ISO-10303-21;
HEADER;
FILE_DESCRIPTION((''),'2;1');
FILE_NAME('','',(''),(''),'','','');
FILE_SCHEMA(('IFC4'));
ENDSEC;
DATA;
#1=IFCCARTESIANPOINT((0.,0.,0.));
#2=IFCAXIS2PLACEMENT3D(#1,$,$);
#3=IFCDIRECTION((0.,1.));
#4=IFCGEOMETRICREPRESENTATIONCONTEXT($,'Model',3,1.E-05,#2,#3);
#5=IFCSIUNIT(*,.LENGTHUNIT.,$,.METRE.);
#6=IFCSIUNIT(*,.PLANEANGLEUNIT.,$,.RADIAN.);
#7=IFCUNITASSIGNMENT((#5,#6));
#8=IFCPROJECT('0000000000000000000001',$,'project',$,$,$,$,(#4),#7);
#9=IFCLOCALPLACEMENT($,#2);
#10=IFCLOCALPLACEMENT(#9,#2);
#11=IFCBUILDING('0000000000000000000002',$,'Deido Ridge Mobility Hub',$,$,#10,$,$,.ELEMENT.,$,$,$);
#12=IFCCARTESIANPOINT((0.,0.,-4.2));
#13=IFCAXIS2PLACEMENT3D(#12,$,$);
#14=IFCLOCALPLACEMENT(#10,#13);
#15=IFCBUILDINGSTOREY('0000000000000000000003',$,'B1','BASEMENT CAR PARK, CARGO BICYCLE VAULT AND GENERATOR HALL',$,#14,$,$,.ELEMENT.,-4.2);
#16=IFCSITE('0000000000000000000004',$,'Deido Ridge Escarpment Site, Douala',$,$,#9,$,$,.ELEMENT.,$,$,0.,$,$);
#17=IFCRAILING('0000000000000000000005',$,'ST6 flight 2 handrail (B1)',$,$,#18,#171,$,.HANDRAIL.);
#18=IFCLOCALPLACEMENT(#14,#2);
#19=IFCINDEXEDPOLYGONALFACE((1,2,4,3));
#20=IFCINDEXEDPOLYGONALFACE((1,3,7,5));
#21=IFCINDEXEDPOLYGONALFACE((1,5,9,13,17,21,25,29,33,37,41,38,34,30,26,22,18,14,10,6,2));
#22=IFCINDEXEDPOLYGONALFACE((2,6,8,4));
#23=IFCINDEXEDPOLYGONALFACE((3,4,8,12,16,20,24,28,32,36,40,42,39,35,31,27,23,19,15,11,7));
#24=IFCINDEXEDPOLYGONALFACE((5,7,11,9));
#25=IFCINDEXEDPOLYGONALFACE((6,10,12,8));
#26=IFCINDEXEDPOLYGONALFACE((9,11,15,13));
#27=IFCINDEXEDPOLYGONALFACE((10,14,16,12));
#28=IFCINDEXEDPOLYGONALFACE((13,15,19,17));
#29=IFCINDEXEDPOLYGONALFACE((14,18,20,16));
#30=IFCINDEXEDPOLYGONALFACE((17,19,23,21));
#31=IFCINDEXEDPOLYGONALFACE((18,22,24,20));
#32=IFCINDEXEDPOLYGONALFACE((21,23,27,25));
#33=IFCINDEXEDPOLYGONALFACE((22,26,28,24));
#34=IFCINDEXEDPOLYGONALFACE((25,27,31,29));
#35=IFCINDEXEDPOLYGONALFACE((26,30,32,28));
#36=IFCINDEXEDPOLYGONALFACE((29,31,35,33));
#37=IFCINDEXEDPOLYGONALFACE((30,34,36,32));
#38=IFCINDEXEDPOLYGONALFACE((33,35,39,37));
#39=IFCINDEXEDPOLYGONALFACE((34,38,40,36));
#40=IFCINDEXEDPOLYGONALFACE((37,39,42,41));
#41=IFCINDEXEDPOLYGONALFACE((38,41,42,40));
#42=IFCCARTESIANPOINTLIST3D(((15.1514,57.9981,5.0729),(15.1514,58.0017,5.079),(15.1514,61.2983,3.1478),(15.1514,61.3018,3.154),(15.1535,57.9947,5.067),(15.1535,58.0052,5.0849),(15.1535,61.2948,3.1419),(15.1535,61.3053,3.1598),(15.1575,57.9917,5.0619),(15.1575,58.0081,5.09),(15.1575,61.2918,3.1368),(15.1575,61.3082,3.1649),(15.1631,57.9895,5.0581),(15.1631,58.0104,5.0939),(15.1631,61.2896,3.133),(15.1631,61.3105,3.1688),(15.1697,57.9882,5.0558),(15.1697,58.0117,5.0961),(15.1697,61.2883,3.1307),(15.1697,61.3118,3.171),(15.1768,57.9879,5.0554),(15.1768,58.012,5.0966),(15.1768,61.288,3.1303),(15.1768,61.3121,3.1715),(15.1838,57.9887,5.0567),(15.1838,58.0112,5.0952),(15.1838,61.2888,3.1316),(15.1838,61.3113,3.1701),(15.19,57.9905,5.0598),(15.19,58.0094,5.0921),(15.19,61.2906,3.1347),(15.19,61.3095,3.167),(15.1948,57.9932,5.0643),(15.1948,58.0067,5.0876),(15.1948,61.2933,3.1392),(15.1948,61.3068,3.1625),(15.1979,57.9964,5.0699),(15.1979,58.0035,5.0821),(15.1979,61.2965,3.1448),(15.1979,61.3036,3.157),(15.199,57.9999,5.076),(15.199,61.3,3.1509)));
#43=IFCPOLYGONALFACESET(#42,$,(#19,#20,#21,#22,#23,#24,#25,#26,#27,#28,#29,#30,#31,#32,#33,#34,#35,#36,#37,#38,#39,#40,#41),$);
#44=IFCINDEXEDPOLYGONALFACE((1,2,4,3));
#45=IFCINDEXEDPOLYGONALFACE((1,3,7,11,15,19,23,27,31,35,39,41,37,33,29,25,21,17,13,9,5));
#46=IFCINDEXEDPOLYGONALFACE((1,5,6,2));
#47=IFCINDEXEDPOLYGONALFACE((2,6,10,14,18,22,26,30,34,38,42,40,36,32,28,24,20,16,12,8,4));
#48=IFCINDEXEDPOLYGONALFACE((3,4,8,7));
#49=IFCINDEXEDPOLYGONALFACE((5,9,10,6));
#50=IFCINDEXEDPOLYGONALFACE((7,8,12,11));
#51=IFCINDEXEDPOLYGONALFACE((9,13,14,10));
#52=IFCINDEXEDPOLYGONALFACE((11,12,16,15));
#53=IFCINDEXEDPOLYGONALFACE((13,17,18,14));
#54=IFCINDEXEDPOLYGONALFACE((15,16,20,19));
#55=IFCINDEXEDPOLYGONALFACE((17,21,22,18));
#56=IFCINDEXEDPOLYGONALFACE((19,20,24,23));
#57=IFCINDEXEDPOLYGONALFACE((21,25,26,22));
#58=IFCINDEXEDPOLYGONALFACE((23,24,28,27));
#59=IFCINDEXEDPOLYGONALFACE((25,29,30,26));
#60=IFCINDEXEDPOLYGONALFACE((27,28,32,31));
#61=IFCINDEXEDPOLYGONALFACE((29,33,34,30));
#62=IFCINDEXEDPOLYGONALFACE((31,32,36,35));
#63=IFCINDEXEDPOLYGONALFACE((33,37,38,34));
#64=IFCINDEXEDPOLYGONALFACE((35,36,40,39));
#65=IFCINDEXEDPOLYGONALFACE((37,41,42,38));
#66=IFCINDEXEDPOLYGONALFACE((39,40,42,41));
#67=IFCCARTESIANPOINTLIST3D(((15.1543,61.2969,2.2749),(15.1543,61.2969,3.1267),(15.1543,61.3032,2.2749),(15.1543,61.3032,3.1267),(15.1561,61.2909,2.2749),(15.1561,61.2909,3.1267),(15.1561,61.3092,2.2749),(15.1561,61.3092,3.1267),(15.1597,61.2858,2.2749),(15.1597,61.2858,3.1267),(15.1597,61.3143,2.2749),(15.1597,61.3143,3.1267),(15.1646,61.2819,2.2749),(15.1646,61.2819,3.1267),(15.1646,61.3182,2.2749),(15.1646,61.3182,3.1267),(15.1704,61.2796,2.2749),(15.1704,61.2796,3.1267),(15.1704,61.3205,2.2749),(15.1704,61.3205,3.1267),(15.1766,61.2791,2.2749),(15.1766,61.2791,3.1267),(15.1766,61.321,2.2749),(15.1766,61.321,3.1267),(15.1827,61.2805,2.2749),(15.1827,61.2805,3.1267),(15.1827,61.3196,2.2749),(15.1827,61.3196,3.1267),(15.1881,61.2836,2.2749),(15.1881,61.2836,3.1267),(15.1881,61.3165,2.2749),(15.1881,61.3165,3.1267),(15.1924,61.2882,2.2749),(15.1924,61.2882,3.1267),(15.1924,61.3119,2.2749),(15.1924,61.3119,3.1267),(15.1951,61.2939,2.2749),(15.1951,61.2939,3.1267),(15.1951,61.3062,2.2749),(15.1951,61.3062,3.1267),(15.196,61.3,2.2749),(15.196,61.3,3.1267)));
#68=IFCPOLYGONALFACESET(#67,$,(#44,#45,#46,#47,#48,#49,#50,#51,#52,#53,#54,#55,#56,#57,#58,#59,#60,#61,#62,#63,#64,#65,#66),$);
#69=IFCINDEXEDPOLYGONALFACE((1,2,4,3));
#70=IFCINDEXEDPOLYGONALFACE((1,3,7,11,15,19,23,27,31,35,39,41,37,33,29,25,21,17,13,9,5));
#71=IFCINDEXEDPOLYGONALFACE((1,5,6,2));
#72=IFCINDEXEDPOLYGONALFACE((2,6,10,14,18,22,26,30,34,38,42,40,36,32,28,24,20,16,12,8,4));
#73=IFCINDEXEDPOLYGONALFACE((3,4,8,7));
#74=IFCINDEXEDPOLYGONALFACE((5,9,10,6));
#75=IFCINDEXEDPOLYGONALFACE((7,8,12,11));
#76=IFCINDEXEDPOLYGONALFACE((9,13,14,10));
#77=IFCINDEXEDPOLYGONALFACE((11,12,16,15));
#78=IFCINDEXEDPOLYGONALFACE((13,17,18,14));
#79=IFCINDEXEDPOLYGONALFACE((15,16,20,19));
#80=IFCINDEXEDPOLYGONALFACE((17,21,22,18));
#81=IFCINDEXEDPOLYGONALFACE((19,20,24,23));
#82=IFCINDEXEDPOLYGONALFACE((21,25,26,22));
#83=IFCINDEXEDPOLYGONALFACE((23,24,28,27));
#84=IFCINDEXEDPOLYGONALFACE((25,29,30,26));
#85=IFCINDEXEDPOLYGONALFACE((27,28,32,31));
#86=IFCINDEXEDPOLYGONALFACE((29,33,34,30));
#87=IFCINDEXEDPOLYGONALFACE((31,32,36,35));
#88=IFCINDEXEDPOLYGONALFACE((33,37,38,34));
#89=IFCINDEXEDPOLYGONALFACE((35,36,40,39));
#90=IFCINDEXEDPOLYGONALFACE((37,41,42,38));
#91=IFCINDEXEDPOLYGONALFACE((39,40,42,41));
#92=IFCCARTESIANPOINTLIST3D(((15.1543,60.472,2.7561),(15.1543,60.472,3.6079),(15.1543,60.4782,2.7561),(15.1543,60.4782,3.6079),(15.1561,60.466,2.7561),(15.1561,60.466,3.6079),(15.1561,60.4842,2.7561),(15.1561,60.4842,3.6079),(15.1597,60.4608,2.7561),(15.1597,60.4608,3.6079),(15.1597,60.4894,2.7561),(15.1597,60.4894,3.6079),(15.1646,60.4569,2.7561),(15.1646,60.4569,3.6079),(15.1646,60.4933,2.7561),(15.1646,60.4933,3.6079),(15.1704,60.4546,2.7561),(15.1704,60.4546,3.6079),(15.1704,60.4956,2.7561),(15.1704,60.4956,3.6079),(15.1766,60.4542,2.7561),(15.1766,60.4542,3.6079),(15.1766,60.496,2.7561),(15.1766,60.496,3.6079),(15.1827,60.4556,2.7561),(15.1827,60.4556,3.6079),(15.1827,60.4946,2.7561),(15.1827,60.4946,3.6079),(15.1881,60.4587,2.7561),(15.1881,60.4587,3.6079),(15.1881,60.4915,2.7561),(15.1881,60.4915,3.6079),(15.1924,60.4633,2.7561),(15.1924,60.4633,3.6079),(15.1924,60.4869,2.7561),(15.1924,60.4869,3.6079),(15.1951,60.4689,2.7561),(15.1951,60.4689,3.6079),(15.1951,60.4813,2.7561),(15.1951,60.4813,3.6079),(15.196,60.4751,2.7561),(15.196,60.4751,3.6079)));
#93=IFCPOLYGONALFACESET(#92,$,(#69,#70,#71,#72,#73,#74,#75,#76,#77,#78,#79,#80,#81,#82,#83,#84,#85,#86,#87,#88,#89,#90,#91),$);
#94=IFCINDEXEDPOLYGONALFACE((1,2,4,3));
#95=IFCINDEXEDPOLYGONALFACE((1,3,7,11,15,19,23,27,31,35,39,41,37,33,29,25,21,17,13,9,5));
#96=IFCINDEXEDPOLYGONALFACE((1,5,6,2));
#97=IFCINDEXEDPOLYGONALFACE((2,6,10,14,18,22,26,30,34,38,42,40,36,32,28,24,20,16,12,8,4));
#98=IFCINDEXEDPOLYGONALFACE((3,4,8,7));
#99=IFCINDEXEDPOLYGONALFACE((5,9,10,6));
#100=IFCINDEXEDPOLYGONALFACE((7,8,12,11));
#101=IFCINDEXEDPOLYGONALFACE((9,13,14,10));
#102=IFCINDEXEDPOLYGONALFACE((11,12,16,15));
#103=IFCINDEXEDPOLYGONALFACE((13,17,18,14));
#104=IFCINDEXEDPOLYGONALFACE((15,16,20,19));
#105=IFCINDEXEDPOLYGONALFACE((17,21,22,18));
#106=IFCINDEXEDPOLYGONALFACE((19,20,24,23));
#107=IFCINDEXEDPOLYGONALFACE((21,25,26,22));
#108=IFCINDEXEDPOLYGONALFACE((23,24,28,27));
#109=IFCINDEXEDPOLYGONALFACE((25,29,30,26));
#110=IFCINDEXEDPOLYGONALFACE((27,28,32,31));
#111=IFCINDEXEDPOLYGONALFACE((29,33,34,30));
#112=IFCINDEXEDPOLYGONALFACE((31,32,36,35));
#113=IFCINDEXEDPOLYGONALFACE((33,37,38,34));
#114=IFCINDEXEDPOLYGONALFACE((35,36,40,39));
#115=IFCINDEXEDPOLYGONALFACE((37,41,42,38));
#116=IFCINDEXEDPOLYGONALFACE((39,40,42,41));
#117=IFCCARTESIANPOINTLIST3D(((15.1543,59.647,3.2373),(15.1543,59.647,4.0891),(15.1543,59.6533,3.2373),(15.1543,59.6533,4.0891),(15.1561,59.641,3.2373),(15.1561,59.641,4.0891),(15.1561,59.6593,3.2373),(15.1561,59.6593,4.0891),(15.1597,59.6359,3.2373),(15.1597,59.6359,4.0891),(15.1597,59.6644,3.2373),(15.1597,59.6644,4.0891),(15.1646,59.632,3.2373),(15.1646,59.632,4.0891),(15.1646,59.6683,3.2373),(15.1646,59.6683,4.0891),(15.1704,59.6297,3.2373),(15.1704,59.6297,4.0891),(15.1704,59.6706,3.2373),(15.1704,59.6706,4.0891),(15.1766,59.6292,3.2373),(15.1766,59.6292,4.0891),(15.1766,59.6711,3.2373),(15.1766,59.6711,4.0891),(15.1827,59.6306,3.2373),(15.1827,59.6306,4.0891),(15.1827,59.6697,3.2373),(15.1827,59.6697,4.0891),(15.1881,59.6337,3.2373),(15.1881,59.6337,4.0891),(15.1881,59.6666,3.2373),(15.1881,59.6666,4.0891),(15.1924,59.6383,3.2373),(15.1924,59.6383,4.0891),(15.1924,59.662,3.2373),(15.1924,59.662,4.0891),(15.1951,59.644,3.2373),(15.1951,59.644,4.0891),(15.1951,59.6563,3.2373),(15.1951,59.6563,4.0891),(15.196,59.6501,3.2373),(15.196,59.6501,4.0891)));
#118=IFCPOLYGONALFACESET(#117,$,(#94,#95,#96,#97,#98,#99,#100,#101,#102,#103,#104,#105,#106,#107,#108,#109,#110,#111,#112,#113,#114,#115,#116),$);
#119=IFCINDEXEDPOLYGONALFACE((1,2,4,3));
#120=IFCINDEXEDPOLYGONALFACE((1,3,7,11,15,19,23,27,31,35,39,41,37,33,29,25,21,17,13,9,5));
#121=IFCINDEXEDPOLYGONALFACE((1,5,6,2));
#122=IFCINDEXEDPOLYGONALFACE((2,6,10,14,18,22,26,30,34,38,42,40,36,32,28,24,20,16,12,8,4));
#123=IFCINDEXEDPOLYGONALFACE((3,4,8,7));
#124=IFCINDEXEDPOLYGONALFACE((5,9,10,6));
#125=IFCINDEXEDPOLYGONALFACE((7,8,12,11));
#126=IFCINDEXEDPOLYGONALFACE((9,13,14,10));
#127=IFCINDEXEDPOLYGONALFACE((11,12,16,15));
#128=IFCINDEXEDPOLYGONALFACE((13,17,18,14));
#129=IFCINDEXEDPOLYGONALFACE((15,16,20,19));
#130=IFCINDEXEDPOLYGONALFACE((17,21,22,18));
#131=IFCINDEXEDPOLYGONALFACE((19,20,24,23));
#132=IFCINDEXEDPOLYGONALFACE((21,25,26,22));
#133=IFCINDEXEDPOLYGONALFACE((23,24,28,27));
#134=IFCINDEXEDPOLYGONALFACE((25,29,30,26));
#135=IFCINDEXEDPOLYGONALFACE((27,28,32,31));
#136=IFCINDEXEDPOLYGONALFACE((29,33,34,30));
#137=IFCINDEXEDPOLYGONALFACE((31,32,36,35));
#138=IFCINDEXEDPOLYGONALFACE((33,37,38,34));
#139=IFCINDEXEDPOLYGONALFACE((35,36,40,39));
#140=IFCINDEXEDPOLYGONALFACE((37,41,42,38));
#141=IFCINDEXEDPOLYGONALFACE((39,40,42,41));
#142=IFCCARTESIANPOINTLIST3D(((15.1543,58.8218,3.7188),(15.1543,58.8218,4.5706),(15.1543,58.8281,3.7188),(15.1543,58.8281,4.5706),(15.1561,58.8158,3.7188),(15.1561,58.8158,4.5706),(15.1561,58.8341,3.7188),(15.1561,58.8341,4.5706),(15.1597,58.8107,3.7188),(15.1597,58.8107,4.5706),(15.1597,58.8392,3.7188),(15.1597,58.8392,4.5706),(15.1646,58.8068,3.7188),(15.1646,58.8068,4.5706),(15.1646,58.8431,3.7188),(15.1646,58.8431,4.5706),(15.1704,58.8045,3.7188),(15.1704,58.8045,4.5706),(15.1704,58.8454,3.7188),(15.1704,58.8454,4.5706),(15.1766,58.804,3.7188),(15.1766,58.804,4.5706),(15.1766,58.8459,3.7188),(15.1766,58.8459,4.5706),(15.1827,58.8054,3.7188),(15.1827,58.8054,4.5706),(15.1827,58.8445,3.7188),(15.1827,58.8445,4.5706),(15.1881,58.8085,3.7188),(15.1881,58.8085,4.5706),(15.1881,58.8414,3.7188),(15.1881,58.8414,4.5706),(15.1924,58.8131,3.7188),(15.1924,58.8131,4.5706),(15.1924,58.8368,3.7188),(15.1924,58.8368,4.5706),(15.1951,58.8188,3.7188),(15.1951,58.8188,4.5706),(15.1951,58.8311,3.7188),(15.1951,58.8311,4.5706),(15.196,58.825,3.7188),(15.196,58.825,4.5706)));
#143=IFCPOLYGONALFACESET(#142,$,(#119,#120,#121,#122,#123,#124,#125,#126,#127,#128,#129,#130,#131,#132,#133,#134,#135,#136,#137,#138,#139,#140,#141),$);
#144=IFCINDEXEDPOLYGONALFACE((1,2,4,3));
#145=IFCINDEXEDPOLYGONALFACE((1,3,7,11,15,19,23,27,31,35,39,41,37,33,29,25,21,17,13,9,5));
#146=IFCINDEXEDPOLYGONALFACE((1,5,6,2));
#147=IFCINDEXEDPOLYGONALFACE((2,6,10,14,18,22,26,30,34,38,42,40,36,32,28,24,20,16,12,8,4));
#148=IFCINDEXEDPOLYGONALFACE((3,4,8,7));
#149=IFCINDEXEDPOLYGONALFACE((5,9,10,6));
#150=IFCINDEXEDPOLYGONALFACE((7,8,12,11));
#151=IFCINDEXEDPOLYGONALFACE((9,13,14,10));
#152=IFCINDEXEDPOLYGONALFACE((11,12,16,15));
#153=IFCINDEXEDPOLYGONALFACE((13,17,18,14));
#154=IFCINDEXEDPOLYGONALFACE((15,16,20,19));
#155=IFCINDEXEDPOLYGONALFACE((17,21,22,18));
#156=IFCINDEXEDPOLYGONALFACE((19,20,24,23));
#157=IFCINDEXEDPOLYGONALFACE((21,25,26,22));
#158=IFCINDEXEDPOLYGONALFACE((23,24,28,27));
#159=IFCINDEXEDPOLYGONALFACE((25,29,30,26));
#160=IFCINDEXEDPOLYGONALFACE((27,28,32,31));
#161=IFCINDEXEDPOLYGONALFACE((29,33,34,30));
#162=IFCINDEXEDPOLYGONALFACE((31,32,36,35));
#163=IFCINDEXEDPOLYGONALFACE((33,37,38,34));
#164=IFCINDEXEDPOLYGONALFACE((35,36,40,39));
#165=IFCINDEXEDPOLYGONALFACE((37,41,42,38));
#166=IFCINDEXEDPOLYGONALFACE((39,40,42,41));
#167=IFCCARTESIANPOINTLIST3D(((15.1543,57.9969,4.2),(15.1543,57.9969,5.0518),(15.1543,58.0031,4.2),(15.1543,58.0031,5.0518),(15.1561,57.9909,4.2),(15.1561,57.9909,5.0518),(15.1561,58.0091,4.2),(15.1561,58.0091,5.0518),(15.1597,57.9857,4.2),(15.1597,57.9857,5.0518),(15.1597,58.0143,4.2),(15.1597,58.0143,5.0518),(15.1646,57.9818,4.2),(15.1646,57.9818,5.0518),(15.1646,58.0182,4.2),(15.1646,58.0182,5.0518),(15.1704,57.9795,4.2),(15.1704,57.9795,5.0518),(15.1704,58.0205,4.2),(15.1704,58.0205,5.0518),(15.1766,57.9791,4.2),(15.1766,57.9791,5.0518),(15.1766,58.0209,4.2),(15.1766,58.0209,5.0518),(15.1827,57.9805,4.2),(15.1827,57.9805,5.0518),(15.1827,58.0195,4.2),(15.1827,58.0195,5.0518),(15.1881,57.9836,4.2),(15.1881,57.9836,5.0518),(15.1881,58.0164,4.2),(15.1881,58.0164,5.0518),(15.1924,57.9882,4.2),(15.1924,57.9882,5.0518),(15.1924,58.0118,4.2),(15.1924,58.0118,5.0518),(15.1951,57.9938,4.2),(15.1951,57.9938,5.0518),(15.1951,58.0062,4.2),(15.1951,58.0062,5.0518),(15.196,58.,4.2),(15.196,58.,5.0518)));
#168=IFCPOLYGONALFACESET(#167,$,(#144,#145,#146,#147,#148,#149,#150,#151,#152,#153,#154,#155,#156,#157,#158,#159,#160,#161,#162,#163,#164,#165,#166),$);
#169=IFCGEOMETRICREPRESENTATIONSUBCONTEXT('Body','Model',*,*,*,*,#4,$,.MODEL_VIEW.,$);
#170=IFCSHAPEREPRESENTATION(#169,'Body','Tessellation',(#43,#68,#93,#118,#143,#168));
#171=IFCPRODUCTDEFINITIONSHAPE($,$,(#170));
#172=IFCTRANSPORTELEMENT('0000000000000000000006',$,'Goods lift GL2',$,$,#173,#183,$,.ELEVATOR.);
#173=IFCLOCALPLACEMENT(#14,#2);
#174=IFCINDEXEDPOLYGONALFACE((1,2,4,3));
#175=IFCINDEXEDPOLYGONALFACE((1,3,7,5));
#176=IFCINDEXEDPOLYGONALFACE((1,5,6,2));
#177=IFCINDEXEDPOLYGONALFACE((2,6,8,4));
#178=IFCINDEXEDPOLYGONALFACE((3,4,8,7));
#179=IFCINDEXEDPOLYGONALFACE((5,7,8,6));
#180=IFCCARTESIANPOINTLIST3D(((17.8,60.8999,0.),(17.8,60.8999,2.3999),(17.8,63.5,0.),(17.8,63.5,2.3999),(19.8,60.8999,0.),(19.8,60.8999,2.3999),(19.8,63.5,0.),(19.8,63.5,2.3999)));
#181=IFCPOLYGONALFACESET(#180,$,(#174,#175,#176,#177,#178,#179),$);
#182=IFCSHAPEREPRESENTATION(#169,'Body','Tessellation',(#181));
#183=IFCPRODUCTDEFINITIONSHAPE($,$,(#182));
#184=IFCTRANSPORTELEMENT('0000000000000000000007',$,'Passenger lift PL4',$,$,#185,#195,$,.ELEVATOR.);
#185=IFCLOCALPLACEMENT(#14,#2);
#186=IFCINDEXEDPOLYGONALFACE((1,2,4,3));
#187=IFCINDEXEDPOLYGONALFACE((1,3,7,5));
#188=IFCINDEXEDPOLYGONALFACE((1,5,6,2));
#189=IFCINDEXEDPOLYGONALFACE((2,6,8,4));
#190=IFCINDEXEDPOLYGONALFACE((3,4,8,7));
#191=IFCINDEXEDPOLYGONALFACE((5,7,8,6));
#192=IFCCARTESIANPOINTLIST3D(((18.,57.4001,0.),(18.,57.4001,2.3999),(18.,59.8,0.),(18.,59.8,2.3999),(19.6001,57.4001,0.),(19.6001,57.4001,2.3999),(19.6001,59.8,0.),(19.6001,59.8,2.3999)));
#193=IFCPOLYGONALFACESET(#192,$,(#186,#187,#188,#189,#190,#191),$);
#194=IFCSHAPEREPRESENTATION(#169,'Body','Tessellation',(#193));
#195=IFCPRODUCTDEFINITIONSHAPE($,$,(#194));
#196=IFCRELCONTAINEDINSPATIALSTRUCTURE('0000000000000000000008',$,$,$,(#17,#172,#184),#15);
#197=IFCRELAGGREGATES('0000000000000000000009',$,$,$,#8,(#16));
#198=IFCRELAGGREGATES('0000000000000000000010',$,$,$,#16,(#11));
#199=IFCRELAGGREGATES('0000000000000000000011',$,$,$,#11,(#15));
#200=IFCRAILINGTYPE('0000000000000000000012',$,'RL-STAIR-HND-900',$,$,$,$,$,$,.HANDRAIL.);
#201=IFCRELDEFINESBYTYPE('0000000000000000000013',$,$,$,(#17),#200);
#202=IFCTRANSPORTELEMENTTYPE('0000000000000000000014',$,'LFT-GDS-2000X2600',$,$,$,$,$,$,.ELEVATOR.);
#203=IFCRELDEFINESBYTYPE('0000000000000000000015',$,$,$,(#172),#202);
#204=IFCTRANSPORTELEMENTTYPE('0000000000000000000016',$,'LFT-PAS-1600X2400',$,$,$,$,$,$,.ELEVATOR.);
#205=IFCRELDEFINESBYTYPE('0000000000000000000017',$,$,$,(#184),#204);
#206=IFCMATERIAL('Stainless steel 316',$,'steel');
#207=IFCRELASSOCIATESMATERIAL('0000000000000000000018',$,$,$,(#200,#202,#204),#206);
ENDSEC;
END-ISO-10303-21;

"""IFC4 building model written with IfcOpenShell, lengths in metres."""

from ifc_helpers import new_model, si_unit, direction, frame, origin, origin_2d, place, context, subcontext, project, spatial, rectangle, circle, extrude, material, type_object, element, save


model = new_model("IFC4")

# Units and contexts
model_context = context("Model", 3, precision=1e-05, world=origin(), true_north=direction((0.0, 1.0)))
body_context = subcontext(model_context, "Body", "Model", "MODEL_VIEW")
ifc_project = project(units=[si_unit("LENGTHUNIT", "METRE"), si_unit("PLANEANGLEUNIT", "RADIAN")], contexts=[model_context])

# Site, building, storey
site_placement = place(None, origin())
site = spatial("IfcSite", under=ifc_project, at=site_placement, Name="Deido Ridge Escarpment Site, Douala", CompositionType="ELEMENT", RefElevation=0.0)
building_placement = place(site_placement, origin())
building = spatial("IfcBuilding", under=site, at=building_placement, Name="Deido Ridge Mobility Hub", CompositionType="ELEMENT")
storey_placement = place(building_placement, frame((0.0, 0.0, -4.2)))
storey = spatial("IfcBuildingStorey", under=building, at=storey_placement, Name="B1", Description="BASEMENT CAR PARK, CARGO BICYCLE VAULT AND GENERATOR HALL", CompositionType="ELEMENT", Elevation=-4.2)

# Shared definitions
ifc_material_1 = material(Name="Stainless steel 316", Category="steel")

# Railing
railing_type_1 = type_object("IfcRailingType", Name="RL-STAIR-HND-900", PredefinedType="HANDRAIL", material=ifc_material_1)
railing_1_placement = place(storey_placement, frame((15.175, 61.3, 2.2749)))
element("IfcRailing", 1, at=railing_1_placement, inside=storey, type_object=railing_type_1, Name="ST6 flight 2 handrail (B1)", PredefinedType="HANDRAIL", context=body_context, shape_type="SweptSolid", body=[
    extrude(circle(Radius=0.0239, at=origin_2d()), frame((0.0, 0.0, 0.876), z_axis=(0.0, -0.863777, 0.503875), x_axis=(1.0, 0.0, 0.0)), (0.0, 0.0, 1.0), 3.8206),
    extrude(circle(Radius=0.021, at=origin_2d()), origin(), (0.0, 0.0, 1.0), 0.8518),
    extrude(circle(Radius=0.021, at=origin_2d()), frame((0.0, -0.825, 0.4812)), (0.0, 0.0, 1.0), 0.8518),
    extrude(circle(Radius=0.021, at=origin_2d()), frame((0.0, -1.6499, 0.9624)), (0.0, 0.0, 1.0), 0.8518),
    extrude(circle(Radius=0.021, at=origin_2d()), frame((0.0, -2.4751, 1.4438)), (0.0, 0.0, 1.0), 0.8518),
    extrude(circle(Radius=0.021, at=origin_2d()), frame((0.0, -3.3, 1.925)), (0.0, 0.0, 1.0), 0.8518),
])

# Transport elements
transport_element_type_1 = type_object("IfcTransportElementType", Name="LFT-GDS-2000X2600", PredefinedType="ELEVATOR", material=ifc_material_1)
transport_element_1_placement = place(storey_placement, frame((18.8, 62.2, 0.0), z_axis=(0.0, 0.0, 1.0), x_axis=(1.0, 0.0, 0.0)))
element("IfcTransportElement", 2, at=transport_element_1_placement, inside=storey, type_object=transport_element_type_1, Name="Goods lift GL2", PredefinedType="ELEVATOR", context=body_context, shape_type="SweptSolid", body=[
    extrude(rectangle(XDim=2.0, YDim=2.6001, at=origin_2d()), origin(), (0.0, 0.0, 1.0), 2.3999),
])
transport_element_type_2 = type_object("IfcTransportElementType", Name="LFT-PAS-1600X2400", PredefinedType="ELEVATOR", material=ifc_material_1)
transport_element_2_placement = place(storey_placement, frame((18.8, 58.6001, 0.0), z_axis=(0.0, 0.0, 1.0), x_axis=(1.0, 0.0, 0.0)))
element("IfcTransportElement", 3, at=transport_element_2_placement, inside=storey, type_object=transport_element_type_2, Name="Passenger lift PL4", PredefinedType="ELEVATOR", context=body_context, shape_type="SweptSolid", body=[
    extrude(rectangle(XDim=1.6001, YDim=2.3999, at=origin_2d()), origin(), (0.0, 0.0, 1.0), 2.3999),
])

save(model, "model.ifc")
